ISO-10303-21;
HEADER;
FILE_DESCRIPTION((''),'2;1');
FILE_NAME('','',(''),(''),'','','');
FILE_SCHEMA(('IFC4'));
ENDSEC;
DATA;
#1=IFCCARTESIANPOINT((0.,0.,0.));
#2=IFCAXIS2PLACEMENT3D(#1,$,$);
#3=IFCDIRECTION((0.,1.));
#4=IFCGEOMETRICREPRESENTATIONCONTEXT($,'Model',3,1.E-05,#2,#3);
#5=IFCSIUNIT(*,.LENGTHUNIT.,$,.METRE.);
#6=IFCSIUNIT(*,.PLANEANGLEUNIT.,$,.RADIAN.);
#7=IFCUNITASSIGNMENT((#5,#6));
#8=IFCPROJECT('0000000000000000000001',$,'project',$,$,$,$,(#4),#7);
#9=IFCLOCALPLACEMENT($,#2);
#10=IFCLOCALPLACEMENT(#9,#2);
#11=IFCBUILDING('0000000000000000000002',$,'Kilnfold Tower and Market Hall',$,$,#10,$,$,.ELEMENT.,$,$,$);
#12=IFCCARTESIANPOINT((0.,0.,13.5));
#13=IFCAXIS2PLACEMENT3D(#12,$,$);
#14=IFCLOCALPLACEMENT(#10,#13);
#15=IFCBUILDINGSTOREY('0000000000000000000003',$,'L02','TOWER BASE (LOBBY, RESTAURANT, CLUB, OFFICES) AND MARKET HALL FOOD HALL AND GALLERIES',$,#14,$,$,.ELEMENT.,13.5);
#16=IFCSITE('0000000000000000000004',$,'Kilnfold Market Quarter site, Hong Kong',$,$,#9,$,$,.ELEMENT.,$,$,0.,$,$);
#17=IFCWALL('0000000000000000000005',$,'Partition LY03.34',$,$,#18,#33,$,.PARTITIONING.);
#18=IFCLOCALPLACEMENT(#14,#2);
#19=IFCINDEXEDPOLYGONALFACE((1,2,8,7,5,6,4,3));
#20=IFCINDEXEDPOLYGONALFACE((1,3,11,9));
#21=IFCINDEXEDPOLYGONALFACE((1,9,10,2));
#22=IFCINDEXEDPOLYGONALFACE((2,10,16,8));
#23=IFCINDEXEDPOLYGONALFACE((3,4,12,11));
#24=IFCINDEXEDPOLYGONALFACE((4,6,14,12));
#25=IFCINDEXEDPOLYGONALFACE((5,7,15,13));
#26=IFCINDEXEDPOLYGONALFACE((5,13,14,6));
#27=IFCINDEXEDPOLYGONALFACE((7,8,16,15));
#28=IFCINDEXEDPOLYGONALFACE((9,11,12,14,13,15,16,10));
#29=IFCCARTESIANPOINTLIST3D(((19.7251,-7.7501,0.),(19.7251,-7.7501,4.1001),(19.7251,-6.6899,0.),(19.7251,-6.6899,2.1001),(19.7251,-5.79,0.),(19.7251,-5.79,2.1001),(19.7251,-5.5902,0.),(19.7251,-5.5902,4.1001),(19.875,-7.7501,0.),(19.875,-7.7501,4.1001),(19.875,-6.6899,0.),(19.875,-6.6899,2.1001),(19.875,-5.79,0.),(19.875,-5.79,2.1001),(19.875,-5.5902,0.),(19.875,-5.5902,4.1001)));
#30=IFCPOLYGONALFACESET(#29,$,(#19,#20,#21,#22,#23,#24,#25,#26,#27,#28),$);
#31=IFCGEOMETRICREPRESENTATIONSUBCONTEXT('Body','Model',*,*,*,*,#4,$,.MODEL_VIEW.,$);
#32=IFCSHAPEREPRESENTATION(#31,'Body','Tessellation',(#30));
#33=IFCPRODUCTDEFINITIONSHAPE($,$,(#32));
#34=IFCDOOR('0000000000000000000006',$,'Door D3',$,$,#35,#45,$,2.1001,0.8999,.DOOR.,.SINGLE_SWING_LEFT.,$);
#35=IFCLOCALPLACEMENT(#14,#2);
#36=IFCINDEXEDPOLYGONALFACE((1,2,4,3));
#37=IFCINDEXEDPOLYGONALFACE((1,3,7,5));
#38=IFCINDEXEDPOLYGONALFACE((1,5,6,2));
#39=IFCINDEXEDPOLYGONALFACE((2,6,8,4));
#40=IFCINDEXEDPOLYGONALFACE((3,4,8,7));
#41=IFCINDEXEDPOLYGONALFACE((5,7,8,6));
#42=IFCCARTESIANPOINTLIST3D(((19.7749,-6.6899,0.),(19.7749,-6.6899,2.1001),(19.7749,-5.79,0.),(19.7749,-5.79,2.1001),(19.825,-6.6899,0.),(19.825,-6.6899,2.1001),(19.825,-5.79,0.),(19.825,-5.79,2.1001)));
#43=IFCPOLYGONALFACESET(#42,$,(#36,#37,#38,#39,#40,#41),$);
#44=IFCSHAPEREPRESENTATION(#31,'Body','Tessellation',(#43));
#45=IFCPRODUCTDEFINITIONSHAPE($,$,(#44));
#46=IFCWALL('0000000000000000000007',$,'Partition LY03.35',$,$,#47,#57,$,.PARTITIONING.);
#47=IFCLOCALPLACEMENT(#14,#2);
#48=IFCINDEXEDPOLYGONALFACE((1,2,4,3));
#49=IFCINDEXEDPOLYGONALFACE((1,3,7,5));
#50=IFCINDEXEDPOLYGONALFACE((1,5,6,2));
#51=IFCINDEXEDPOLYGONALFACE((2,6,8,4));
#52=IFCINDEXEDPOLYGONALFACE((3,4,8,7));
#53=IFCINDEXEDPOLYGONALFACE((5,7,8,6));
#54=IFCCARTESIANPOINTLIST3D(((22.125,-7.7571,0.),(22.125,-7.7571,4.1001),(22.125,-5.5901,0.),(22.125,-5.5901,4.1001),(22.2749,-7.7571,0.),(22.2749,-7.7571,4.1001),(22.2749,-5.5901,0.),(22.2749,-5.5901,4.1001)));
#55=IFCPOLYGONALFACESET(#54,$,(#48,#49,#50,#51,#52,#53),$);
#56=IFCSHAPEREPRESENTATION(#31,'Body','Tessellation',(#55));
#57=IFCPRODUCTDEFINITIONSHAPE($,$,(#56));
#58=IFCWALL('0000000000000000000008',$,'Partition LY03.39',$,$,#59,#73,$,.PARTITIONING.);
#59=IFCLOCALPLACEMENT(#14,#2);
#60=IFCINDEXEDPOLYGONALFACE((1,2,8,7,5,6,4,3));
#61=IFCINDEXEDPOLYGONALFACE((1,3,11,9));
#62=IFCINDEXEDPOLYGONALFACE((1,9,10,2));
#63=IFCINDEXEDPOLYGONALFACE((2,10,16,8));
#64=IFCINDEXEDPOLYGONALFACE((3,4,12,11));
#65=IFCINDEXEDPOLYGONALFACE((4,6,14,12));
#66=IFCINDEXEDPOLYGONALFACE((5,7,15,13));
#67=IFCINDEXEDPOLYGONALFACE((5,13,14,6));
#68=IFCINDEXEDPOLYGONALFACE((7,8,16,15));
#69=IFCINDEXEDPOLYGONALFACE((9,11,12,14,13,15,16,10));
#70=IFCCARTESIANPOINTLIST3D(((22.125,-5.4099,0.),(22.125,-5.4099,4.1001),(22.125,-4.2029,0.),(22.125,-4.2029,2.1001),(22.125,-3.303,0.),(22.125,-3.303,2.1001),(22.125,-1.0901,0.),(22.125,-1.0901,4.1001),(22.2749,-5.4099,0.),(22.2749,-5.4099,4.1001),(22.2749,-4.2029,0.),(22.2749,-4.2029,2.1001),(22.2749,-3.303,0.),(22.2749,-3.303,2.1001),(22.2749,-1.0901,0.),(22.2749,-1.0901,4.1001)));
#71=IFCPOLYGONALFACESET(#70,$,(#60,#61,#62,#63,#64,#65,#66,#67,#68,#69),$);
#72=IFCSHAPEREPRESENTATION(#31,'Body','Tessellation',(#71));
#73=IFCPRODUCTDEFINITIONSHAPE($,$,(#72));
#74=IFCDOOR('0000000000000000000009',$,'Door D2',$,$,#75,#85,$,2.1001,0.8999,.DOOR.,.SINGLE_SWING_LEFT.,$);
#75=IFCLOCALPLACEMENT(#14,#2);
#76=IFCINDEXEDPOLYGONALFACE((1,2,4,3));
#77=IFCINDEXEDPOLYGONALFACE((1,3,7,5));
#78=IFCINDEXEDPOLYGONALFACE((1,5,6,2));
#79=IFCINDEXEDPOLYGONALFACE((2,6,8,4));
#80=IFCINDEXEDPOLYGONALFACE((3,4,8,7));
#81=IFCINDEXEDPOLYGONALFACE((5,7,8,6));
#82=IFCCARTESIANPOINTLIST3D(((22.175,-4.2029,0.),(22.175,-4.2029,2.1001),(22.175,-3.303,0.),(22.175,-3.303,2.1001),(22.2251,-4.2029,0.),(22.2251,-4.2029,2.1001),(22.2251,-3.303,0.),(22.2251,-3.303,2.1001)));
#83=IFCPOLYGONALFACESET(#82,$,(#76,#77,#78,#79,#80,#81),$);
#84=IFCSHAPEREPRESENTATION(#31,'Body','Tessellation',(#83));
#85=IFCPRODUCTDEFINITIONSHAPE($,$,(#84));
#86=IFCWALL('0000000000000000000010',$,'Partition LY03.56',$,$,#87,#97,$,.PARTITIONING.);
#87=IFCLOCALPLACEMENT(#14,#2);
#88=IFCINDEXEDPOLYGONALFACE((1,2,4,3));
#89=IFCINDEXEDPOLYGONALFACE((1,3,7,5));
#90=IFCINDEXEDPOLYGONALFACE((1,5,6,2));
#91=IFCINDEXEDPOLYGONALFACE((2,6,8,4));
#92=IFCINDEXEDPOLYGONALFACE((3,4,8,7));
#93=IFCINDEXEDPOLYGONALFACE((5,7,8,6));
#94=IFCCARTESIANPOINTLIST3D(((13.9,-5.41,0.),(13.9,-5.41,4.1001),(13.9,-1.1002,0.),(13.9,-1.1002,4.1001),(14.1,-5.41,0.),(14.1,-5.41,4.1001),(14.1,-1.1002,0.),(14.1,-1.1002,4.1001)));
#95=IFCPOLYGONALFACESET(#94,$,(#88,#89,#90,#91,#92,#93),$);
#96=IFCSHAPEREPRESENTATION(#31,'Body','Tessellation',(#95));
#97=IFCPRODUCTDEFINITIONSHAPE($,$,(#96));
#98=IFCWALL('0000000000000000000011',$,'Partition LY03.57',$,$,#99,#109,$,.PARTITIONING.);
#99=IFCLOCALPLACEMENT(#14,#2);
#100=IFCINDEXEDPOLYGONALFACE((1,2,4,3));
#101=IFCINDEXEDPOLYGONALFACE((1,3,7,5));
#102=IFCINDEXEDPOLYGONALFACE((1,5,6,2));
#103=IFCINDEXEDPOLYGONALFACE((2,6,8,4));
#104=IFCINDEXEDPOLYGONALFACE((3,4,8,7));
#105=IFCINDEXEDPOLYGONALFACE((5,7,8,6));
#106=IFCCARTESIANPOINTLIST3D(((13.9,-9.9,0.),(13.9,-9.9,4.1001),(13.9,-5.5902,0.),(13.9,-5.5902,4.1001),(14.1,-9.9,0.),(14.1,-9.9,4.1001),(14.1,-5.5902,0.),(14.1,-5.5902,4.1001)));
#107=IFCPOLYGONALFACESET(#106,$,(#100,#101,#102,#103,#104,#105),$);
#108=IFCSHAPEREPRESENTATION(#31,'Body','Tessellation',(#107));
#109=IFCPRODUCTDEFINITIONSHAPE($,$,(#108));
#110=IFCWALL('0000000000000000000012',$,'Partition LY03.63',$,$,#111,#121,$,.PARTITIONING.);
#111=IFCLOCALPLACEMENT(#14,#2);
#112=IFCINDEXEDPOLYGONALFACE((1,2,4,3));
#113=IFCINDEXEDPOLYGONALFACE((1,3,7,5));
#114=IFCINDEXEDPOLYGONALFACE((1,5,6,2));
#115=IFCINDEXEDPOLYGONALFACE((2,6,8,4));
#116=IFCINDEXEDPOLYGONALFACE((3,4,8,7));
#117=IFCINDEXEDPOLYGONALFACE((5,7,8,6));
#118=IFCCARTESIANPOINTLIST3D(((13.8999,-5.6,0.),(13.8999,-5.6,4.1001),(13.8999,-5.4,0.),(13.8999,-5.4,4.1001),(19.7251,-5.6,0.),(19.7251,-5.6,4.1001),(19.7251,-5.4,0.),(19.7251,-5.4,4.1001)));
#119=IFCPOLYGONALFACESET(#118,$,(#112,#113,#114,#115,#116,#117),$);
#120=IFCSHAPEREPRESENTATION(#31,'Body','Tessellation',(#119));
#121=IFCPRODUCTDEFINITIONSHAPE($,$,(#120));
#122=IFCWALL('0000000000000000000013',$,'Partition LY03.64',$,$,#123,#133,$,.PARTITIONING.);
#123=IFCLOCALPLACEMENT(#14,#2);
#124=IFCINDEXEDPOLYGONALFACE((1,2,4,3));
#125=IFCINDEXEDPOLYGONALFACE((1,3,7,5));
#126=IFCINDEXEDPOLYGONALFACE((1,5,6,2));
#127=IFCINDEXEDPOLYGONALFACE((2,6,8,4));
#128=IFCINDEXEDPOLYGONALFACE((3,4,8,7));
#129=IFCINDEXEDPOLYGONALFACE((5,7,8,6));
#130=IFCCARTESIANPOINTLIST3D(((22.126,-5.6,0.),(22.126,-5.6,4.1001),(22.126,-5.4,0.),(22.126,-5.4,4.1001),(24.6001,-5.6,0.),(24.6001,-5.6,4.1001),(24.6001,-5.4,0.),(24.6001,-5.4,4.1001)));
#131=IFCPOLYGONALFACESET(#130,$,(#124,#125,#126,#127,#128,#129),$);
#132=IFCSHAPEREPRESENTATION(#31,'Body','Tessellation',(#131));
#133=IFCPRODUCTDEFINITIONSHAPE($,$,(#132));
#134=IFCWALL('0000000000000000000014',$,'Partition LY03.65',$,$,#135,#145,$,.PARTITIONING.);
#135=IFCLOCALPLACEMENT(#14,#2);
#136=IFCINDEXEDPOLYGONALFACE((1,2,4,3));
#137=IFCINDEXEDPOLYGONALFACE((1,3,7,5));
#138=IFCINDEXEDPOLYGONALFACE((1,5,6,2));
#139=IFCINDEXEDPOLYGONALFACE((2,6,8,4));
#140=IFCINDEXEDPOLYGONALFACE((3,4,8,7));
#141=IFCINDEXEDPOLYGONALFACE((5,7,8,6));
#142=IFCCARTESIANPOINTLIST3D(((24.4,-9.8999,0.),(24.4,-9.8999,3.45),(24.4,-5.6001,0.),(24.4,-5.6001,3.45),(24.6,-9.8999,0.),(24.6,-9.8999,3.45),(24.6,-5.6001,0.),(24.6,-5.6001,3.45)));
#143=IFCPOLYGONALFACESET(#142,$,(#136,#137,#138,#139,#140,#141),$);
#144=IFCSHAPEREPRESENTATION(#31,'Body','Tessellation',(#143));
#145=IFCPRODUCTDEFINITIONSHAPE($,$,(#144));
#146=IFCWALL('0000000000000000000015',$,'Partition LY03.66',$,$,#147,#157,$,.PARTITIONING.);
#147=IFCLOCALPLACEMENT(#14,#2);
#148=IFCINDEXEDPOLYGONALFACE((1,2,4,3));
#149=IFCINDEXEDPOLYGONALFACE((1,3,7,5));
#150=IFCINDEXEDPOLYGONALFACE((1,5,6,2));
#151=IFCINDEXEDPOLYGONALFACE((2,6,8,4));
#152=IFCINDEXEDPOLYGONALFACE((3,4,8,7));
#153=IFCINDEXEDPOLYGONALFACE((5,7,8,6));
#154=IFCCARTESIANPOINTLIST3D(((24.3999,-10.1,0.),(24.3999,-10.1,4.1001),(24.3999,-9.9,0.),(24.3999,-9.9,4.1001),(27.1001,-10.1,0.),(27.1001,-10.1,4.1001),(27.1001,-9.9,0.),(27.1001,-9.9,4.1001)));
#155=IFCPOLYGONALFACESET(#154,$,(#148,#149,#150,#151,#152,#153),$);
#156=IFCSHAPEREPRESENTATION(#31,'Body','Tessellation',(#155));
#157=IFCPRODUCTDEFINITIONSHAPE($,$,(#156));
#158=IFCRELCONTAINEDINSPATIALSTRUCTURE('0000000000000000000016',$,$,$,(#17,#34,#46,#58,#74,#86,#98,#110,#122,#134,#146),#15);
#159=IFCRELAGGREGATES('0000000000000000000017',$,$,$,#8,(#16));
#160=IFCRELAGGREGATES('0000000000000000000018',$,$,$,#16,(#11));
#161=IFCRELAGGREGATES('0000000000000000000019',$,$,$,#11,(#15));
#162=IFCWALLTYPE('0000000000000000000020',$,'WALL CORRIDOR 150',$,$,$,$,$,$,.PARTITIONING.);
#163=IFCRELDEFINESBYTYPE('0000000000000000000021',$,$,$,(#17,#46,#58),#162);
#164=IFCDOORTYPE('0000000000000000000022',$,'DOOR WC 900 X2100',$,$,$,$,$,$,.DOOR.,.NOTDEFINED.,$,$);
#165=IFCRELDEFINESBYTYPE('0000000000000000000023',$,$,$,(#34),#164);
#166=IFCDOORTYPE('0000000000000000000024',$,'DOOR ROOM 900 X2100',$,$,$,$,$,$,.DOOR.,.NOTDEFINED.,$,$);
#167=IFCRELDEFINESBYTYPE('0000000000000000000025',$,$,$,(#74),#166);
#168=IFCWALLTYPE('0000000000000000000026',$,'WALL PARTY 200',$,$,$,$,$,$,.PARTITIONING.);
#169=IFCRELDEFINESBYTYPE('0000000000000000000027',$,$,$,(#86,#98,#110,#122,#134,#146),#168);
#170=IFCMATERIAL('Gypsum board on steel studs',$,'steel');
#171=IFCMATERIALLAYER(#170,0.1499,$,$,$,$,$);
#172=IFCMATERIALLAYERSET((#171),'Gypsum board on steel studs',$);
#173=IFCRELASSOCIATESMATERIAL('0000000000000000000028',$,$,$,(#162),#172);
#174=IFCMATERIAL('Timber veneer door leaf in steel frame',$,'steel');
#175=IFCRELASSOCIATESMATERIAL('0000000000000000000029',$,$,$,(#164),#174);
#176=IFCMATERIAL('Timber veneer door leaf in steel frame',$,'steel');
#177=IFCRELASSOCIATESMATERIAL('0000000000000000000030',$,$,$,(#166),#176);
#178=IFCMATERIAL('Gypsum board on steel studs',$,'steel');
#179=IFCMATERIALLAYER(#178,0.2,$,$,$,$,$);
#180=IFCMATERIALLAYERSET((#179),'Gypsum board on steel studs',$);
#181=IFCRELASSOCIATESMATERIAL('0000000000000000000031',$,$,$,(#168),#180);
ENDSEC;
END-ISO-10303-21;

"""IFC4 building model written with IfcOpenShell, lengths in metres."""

from ifc_helpers import new_model, si_unit, direction, frame, frame_2d, origin, place, context, subcontext, project, spatial, rectangle, extrude, material, layer, layer_set, type_object, element, fill, save


model = new_model("IFC4")

# Units and contexts
model_context = context("Model", 3, precision=1e-05, world=origin(), true_north=direction((0.0, 1.0)))
body_context = subcontext(model_context, "Body", "Model", "MODEL_VIEW")
ifc_project = project(units=[si_unit("LENGTHUNIT", "METRE"), si_unit("PLANEANGLEUNIT", "RADIAN")], contexts=[model_context])

# Site, building, storey
site_placement = place(None, origin())
site = spatial("IfcSite", under=ifc_project, at=site_placement, Name="Kilnfold Market Quarter site, Hong Kong", CompositionType="ELEMENT", RefElevation=0.0)
building_placement = place(site_placement, origin())
building = spatial("IfcBuilding", under=site, at=building_placement, Name="Kilnfold Tower and Market Hall", CompositionType="ELEMENT")
storey_placement = place(building_placement, frame((0.0, 0.0, 13.5)))
storey = spatial("IfcBuildingStorey", under=building, at=storey_placement, Name="L02", Description="TOWER BASE (LOBBY, RESTAURANT, CLUB, OFFICES) AND MARKET HALL FOOD HALL AND GALLERIES", CompositionType="ELEMENT", Elevation=13.5)

# Wall, opening, door
ifc_material_1 = material(Name="Gypsum board on steel studs", Category="steel")
ifc_layer_1 = layer(ifc_material_1, 0.1499)
ifc_layer_set_1 = layer_set([ifc_layer_1], Name="Gypsum board on steel studs")
wall_type_1 = type_object("IfcWallType", Name="WALL CORRIDOR 150", PredefinedType="PARTITIONING", material=ifc_layer_set_1)
wall_1_placement = place(storey_placement, frame((19.8, -5.5901, 0.0), z_axis=(0.0, 0.0, 1.0), x_axis=(0.0, -1.0, 0.0)))
wall_1 = element("IfcWall", 1, at=wall_1_placement, inside=storey, type_object=wall_type_1, Name="Partition LY03.34", PredefinedType="PARTITIONING", context=body_context, shape_type="SweptSolid", body=[
    extrude(rectangle(XDim=2.1599, YDim=0.1499, at=frame_2d((1.0801, 0.0))), origin(), (0.0, 0.0, 1.0), 4.1001),
])
opening_1_placement = place(wall_1_placement, frame((0.2, 0.0, 0.0)))
opening_1 = element("IfcOpeningElement", 2, at=opening_1_placement, cuts=wall_1, PredefinedType="OPENING", context=body_context, shape_type="SweptSolid", body=[
    extrude(rectangle(XDim=0.8999, YDim=2.1001, at=frame_2d((0.45, 1.05))), frame((0.0, 0.085, 0.0), z_axis=(0.0, -1.0, 0.0), x_axis=(1.0, 0.0, 0.0)), (0.0, 0.0, 1.0), 0.1699),
])
ifc_material_2 = material(Name="Timber veneer door leaf in steel frame", Category="steel")
door_type_1 = type_object("IfcDoorType", Name="DOOR WC 900 X2100", OperationType="NOTDEFINED", PredefinedType="DOOR", material=ifc_material_2)
door_1_placement = place(opening_1_placement, origin())
door_1 = element("IfcDoor", 3, at=door_1_placement, inside=storey, type_object=door_type_1, Name="Door D3", OperationType="SINGLE_SWING_LEFT", OverallHeight=2.1001, OverallWidth=0.8999, PredefinedType="DOOR", context=body_context, shape_type="SweptSolid", body=[
    extrude(rectangle(XDim=0.8999, YDim=2.1001, at=frame_2d((0.45, 1.05))), frame((0.0, 0.0249, 0.0), z_axis=(0.0, -1.0, 0.0), x_axis=(1.0, 0.0, 0.0)), (0.0, 0.0, 1.0), 0.05),
])
fill(opening_1, door_1)

# Wall
wall_2_placement = place(storey_placement, frame((22.2, -7.7571, 0.0), z_axis=(0.0, 0.0, 1.0), x_axis=(0.0, 1.0, 0.0)))
element("IfcWall", 4, at=wall_2_placement, inside=storey, type_object=wall_type_1, Name="Partition LY03.35", PredefinedType="PARTITIONING", context=body_context, shape_type="SweptSolid", body=[
    extrude(rectangle(XDim=2.167, YDim=0.1499, at=frame_2d((1.0835, 0.0))), origin(), (0.0, 0.0, 1.0), 4.1001),
])

# Wall, opening, door
wall_3_placement = place(storey_placement, frame((22.2, -5.4099, 0.0), z_axis=(0.0, 0.0, 1.0), x_axis=(0.0, 1.0, 0.0)))
wall_3 = element("IfcWall", 5, at=wall_3_placement, inside=storey, type_object=wall_type_1, Name="Partition LY03.39", PredefinedType="PARTITIONING", context=body_context, shape_type="SweptSolid", body=[
    extrude(rectangle(XDim=4.3198, YDim=0.1499, at=frame_2d((2.1599, 0.0))), origin(), (0.0, 0.0, 1.0), 4.1001),
])
opening_2_placement = place(wall_3_placement, frame((1.207, 0.0, 0.0)))
opening_2 = element("IfcOpeningElement", 6, at=opening_2_placement, cuts=wall_3, PredefinedType="OPENING", context=body_context, shape_type="SweptSolid", body=[
    extrude(rectangle(XDim=0.8999, YDim=2.1001, at=frame_2d((0.45, 1.05))), frame((0.0, 0.085, 0.0), z_axis=(0.0, -1.0, 0.0), x_axis=(1.0, 0.0, 0.0)), (0.0, 0.0, 1.0), 0.1699),
])
ifc_material_3 = material(Name="Timber veneer door leaf in steel frame", Category="steel")
door_type_2 = type_object("IfcDoorType", Name="DOOR ROOM 900 X2100", OperationType="NOTDEFINED", PredefinedType="DOOR", material=ifc_material_3)
door_2_placement = place(opening_2_placement, origin())
door_2 = element("IfcDoor", 7, at=door_2_placement, inside=storey, type_object=door_type_2, Name="Door D2", OperationType="SINGLE_SWING_LEFT", OverallHeight=2.1001, OverallWidth=0.8999, PredefinedType="DOOR", context=body_context, shape_type="SweptSolid", body=[
    extrude(rectangle(XDim=0.8999, YDim=2.1001, at=frame_2d((0.45, 1.05))), frame((0.0, 0.0249, 0.0), z_axis=(0.0, -1.0, 0.0), x_axis=(1.0, 0.0, 0.0)), (0.0, 0.0, 1.0), 0.05),
])
fill(opening_2, door_2)

# Walls
ifc_material_4 = material(Name="Gypsum board on steel studs", Category="steel")
ifc_layer_2 = layer(ifc_material_4, 0.2)
ifc_layer_set_2 = layer_set([ifc_layer_2], Name="Gypsum board on steel studs")
wall_type_2 = type_object("IfcWallType", Name="WALL PARTY 200", PredefinedType="PARTITIONING", material=ifc_layer_set_2)
for number, where, z_axis, x_axis, name in (
    (8, (14.0, -5.4099, 0.0), (0.0, 0.0, 1.0), (0.0, 1.0, 0.0), "Partition LY03.56"),
    (9, (14.0, -9.8999, 0.0), (0.0, 0.0, 1.0), (0.0, 1.0, 0.0), "Partition LY03.57"),
):
    element("IfcWall", number, at=place(storey_placement, frame(where, z_axis=z_axis, x_axis=x_axis)), inside=storey, type_object=wall_type_2, Name=name, PredefinedType="PARTITIONING", context=body_context, shape_type="SweptSolid", body=[
        extrude(rectangle(XDim=4.3098, YDim=0.2, at=frame_2d((2.1548, 0.0))), origin(), (0.0, 0.0, 1.0), 4.1001),
    ])
wall_4_placement = place(storey_placement, frame((13.8999, -5.5, 0.0), z_axis=(0.0, 0.0, 1.0), x_axis=(1.0, 0.0, 0.0)))
element("IfcWall", 10, at=wall_4_placement, inside=storey, type_object=wall_type_2, Name="Partition LY03.63", PredefinedType="PARTITIONING", context=body_context, shape_type="SweptSolid", body=[
    extrude(rectangle(XDim=5.8252, YDim=0.2, at=frame_2d((2.9126, 0.0))), origin(), (0.0, 0.0, 1.0), 4.1001),
])
wall_5_placement = place(storey_placement, frame((22.126, -5.5, 0.0), z_axis=(0.0, 0.0, 1.0), x_axis=(1.0, 0.0, 0.0)))
element("IfcWall", 11, at=wall_5_placement, inside=storey, type_object=wall_type_2, Name="Partition LY03.64", PredefinedType="PARTITIONING", context=body_context, shape_type="SweptSolid", body=[
    extrude(rectangle(XDim=2.4741, YDim=0.2, at=frame_2d((1.2371, 0.0))), origin(), (0.0, 0.0, 1.0), 4.1001),
])
wall_6_placement = place(storey_placement, frame((24.5, -9.8999, 0.0), z_axis=(0.0, 0.0, 1.0), x_axis=(0.0, 1.0, 0.0)))
element("IfcWall", 12, at=wall_6_placement, inside=storey, type_object=wall_type_2, Name="Partition LY03.65", PredefinedType="PARTITIONING", context=body_context, shape_type="SweptSolid", body=[
    extrude(rectangle(XDim=4.2998, YDim=0.2, at=frame_2d((2.1499, 0.0))), origin(), (0.0, 0.0, 1.0), 3.45),
])
wall_7_placement = place(storey_placement, frame((24.3999, -10.0, 0.0), z_axis=(0.0, 0.0, 1.0), x_axis=(1.0, 0.0, 0.0)))
element("IfcWall", 13, at=wall_7_placement, inside=storey, type_object=wall_type_2, Name="Partition LY03.66", PredefinedType="PARTITIONING", context=body_context, shape_type="SweptSolid", body=[
    extrude(rectangle(XDim=2.7002, YDim=0.2, at=frame_2d((1.3501, 0.0))), origin(), (0.0, 0.0, 1.0), 4.1001),
])

save(model, "model.ifc")
